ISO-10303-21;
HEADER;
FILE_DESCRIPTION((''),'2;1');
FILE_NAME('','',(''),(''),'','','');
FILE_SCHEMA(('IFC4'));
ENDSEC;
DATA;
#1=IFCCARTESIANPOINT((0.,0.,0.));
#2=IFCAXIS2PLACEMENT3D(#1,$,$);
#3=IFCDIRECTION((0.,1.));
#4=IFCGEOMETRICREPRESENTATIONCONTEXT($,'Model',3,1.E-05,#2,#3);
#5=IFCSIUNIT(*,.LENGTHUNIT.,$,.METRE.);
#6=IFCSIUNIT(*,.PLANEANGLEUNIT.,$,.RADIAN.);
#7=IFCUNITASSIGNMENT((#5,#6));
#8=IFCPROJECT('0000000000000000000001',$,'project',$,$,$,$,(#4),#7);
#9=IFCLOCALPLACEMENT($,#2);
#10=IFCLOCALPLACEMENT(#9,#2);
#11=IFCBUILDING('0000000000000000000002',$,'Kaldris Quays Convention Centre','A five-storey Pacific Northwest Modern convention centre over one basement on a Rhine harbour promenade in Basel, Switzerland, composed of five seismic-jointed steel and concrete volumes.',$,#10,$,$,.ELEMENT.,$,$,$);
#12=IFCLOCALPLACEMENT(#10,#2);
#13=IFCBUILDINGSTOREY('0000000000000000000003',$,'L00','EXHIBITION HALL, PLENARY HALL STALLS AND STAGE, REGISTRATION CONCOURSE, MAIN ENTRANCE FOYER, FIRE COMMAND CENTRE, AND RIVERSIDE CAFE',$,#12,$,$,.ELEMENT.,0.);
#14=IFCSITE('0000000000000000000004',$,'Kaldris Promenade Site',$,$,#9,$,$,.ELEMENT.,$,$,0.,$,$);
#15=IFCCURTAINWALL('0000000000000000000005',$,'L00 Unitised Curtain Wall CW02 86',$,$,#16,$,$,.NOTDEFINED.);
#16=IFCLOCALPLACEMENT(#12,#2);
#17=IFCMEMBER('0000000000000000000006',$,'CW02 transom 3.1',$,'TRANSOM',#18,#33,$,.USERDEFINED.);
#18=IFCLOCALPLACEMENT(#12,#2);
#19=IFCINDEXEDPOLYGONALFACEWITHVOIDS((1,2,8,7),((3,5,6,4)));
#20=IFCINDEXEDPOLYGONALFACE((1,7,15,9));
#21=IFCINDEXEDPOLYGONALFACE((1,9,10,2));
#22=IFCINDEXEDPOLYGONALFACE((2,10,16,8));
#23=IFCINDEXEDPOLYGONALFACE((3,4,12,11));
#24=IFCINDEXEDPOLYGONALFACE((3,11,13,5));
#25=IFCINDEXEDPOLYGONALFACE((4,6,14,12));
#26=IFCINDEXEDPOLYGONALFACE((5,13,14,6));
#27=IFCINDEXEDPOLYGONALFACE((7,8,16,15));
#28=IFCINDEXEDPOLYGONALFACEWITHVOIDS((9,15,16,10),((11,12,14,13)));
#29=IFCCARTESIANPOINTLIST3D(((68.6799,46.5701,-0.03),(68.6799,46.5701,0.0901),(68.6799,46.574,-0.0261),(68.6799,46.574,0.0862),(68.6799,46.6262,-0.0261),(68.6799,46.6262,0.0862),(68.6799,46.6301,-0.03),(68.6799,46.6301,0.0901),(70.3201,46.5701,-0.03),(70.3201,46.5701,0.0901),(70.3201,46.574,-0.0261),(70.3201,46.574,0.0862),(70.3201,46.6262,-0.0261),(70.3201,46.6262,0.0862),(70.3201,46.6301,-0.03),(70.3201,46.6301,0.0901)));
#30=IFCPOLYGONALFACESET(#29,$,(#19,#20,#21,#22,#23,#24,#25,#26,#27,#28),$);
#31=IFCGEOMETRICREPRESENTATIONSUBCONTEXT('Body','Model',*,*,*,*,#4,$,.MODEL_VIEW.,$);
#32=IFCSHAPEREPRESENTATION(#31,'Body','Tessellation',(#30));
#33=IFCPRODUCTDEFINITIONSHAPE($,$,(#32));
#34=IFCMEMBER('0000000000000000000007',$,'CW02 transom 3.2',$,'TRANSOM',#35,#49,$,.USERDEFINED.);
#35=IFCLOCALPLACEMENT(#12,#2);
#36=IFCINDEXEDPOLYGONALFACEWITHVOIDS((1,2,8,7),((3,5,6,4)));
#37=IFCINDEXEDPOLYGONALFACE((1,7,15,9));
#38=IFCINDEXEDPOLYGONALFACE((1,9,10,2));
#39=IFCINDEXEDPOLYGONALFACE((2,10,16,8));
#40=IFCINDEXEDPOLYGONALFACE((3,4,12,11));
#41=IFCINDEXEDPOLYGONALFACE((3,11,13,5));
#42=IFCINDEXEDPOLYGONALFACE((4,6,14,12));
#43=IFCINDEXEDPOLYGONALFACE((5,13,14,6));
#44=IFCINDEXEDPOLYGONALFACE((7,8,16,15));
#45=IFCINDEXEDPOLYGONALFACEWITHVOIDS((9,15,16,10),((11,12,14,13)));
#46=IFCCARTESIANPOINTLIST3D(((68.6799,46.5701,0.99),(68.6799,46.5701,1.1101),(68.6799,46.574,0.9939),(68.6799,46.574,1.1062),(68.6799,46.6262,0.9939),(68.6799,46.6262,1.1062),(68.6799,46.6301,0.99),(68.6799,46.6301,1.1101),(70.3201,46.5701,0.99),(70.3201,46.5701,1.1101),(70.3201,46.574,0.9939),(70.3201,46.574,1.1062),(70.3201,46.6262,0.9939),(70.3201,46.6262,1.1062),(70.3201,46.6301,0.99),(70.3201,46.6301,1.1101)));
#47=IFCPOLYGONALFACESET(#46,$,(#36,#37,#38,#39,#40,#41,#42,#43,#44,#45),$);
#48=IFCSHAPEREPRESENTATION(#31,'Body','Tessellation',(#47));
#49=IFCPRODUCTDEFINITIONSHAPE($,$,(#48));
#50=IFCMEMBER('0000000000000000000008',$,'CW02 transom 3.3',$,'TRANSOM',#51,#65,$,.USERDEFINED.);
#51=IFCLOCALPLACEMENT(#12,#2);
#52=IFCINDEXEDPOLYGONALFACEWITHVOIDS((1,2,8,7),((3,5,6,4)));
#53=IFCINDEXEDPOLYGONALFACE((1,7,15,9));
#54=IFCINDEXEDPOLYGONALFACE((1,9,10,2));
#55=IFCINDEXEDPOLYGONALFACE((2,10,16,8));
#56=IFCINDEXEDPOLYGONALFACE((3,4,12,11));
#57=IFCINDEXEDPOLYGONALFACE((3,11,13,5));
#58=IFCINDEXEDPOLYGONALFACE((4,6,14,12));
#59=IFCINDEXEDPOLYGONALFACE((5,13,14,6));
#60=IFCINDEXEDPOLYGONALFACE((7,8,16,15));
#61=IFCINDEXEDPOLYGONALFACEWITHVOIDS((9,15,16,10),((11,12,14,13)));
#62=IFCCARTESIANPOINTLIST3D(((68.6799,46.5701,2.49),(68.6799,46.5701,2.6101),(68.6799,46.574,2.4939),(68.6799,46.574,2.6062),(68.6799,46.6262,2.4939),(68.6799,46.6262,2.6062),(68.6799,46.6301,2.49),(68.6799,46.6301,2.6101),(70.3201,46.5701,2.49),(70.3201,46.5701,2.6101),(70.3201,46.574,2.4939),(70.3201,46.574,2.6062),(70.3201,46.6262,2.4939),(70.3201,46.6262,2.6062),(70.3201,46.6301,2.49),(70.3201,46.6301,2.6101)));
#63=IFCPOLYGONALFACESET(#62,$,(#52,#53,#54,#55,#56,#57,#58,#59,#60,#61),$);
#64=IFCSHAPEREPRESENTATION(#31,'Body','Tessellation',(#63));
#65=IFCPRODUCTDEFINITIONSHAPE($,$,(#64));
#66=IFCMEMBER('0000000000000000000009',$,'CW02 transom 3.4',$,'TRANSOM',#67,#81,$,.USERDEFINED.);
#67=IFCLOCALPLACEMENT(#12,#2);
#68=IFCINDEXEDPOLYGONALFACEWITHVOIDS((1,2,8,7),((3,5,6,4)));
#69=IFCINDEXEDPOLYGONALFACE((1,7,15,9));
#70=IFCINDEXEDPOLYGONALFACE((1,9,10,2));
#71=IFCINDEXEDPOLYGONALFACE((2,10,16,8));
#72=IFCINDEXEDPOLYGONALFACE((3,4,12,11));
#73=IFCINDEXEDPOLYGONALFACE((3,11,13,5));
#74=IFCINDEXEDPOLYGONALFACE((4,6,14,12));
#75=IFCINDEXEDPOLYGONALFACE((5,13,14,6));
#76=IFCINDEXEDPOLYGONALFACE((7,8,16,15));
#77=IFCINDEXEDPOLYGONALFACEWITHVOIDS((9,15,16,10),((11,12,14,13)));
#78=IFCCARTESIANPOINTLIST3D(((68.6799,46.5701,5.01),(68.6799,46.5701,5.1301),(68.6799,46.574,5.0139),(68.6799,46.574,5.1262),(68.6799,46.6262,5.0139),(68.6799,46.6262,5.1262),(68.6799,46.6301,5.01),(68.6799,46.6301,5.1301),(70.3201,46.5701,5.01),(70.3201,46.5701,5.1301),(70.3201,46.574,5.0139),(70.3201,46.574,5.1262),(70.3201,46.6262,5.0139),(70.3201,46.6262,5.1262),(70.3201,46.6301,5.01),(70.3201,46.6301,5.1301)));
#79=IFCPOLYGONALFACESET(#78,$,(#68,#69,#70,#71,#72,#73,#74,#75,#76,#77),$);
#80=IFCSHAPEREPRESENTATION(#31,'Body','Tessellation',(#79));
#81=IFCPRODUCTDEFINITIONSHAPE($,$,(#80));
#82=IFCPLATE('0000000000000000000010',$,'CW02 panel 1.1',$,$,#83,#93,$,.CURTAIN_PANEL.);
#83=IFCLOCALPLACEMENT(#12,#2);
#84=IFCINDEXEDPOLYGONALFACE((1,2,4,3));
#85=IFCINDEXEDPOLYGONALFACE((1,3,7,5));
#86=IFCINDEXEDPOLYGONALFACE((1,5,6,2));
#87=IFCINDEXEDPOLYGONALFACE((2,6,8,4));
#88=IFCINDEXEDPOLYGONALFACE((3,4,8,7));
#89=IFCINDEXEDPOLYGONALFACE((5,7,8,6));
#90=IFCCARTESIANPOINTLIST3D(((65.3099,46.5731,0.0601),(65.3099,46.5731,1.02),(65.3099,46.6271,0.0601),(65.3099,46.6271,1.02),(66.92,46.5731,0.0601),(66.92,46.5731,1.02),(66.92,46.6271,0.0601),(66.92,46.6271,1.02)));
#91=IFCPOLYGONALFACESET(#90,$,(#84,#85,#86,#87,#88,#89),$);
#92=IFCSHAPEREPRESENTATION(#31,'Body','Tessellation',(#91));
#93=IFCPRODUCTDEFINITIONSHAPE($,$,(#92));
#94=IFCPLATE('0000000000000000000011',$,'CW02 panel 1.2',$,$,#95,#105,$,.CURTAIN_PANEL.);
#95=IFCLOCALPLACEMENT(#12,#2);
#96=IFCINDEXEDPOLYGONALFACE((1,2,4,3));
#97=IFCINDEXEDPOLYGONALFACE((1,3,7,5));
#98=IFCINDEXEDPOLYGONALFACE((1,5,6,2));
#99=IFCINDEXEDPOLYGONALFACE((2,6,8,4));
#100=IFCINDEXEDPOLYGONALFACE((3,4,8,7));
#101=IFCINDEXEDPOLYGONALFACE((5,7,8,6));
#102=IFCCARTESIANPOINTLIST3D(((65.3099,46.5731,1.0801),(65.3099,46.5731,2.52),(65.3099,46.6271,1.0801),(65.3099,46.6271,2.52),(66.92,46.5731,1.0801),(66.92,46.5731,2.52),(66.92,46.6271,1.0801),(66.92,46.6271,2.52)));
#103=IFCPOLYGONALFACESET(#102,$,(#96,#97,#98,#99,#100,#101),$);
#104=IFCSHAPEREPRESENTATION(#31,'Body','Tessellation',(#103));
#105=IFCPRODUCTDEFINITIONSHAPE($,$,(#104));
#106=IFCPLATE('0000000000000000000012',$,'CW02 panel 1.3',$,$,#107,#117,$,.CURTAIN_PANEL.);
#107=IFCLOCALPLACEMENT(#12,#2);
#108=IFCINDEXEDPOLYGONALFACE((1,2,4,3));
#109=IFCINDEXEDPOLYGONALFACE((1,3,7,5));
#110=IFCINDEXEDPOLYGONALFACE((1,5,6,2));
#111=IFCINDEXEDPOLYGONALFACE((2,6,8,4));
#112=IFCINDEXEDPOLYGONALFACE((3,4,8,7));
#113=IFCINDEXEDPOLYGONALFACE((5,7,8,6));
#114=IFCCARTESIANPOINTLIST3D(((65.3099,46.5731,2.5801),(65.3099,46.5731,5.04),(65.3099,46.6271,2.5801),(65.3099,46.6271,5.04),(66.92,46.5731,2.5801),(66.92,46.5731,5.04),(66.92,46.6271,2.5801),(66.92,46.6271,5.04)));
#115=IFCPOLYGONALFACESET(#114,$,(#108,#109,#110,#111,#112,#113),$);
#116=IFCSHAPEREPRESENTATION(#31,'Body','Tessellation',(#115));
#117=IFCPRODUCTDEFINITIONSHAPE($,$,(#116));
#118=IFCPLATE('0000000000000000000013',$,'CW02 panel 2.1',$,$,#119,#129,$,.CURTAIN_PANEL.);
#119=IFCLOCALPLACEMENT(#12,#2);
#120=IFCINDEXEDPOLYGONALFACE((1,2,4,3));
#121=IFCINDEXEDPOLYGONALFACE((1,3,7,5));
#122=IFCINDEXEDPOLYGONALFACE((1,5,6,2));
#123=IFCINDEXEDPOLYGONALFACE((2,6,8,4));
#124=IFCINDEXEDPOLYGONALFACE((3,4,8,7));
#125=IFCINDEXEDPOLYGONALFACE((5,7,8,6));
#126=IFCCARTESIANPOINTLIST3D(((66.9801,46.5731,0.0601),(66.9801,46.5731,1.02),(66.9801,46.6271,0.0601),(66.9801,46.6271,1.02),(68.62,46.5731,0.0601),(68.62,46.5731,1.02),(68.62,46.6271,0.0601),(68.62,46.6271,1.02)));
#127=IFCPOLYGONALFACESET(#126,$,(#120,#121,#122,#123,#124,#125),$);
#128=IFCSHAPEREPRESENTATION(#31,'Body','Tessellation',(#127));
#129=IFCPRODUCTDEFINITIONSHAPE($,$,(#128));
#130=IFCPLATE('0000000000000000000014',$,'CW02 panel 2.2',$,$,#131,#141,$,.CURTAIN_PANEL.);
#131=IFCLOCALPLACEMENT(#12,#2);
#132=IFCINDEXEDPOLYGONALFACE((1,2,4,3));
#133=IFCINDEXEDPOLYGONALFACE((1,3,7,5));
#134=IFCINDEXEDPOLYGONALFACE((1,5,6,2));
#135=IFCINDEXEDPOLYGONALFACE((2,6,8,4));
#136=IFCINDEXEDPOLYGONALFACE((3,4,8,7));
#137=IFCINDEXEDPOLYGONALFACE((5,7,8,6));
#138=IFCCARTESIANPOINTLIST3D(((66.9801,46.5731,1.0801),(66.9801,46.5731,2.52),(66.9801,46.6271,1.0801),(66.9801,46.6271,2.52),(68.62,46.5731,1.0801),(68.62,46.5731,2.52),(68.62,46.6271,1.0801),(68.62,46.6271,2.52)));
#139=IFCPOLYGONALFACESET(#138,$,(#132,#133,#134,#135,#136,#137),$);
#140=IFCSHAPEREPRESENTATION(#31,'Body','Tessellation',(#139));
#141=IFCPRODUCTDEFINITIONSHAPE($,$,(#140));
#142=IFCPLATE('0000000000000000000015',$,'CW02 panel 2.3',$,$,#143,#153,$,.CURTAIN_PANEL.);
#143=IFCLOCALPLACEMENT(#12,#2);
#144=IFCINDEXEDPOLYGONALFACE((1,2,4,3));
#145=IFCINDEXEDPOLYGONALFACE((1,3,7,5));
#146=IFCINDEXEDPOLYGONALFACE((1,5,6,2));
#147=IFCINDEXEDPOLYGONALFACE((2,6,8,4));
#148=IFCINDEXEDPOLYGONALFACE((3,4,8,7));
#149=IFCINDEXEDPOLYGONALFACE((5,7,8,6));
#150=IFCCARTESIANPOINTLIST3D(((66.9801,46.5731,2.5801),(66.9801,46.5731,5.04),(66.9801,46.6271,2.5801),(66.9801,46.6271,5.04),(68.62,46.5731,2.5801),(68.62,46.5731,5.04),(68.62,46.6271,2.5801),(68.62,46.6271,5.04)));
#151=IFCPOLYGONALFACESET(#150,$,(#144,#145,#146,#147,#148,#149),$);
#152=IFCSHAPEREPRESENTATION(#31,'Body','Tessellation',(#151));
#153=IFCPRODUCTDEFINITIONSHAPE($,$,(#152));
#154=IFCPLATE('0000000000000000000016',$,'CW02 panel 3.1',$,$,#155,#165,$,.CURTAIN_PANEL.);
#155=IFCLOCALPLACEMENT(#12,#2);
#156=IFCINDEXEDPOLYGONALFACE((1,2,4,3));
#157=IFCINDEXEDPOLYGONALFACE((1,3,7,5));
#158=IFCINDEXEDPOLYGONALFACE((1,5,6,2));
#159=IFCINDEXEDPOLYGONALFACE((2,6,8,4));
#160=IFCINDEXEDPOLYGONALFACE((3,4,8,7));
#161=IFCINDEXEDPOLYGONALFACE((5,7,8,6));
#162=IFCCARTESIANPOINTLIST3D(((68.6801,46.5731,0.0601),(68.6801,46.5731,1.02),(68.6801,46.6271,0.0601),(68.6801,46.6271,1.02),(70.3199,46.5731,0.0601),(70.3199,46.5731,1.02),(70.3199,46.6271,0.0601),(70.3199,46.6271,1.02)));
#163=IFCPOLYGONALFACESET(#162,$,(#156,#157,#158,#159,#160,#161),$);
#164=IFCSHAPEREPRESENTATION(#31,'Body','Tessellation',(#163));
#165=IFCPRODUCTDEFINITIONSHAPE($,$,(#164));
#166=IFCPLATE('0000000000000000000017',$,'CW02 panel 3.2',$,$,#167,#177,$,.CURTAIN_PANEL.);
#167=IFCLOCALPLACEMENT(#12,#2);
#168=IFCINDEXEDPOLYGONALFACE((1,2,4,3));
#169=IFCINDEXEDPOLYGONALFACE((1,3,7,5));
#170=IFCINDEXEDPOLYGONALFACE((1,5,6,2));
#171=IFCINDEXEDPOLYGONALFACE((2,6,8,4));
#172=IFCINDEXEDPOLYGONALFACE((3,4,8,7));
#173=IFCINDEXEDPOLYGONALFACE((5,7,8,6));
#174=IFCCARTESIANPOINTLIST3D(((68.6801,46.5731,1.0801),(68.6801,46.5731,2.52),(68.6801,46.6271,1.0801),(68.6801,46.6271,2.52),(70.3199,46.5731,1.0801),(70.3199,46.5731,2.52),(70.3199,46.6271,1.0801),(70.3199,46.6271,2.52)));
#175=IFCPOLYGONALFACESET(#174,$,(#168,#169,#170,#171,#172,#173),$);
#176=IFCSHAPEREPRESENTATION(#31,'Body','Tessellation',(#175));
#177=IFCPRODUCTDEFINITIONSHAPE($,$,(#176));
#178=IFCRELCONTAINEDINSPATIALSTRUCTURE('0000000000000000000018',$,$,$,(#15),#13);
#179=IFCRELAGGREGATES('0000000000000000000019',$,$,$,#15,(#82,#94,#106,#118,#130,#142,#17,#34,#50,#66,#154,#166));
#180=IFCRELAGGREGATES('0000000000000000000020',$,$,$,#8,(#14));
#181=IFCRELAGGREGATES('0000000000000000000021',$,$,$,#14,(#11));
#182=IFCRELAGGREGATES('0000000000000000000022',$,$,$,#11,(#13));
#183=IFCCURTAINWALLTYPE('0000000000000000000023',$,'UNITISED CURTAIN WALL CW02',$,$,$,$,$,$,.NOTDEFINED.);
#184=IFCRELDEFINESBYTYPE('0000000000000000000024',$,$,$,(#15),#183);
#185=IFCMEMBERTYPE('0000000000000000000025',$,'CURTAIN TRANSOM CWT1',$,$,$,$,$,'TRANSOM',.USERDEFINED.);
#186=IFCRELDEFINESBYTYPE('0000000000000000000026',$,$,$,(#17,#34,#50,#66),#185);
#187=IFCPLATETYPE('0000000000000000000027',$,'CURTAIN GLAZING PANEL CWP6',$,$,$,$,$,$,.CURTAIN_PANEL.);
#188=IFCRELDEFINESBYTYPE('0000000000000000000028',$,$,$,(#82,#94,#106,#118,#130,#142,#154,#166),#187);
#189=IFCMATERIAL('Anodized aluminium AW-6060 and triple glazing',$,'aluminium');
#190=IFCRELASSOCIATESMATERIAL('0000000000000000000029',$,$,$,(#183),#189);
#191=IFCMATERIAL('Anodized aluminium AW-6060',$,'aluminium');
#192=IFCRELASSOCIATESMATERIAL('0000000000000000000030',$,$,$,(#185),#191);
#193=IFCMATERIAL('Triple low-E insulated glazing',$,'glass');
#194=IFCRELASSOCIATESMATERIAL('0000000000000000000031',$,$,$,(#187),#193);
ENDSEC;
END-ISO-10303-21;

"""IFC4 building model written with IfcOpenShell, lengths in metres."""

from ifc_helpers import new_model, si_unit, direction, frame, origin, origin_2d, place, context, subcontext, project, spatial, rectangle, hollow_rectangle, extrude, material, material_profile, profile_set, type_object, element, aggregate, save


model = new_model("IFC4")

# Units and contexts
model_context = context("Model", 3, precision=1e-05, world=origin(), true_north=direction((0.0, 1.0)))
body_context = subcontext(model_context, "Body", "Model", "MODEL_VIEW")
ifc_project = project(units=[si_unit("LENGTHUNIT", "METRE"), si_unit("PLANEANGLEUNIT", "RADIAN")], contexts=[model_context])

# Site, building, storey
site_placement = place(None, origin())
site = spatial("IfcSite", under=ifc_project, at=site_placement, Name="Kaldris Promenade Site", CompositionType="ELEMENT", RefElevation=0.0)
building_placement = place(site_placement, origin())
building = spatial("IfcBuilding", under=site, at=building_placement, Name="Kaldris Quays Convention Centre", Description="A five-storey Pacific Northwest Modern convention centre over one basement on a Rhine harbour promenade in Basel, Switzerland, composed of five seismic-jointed steel and concrete volumes.", CompositionType="ELEMENT")
storey_placement = place(building_placement, origin())
storey = spatial("IfcBuildingStorey", under=building, at=storey_placement, Name="L00", Description="EXHIBITION HALL, PLENARY HALL STALLS AND STAGE, REGISTRATION CONCOURSE, MAIN ENTRANCE FOYER, FIRE COMMAND CENTRE, AND RIVERSIDE CAFE", CompositionType="ELEMENT", Elevation=0.0)

# Curtain wall, members, plates
ifc_material_1 = material(Name="Anodized aluminium AW-6060 and triple glazing", Category="aluminium")
curtain_wall_type = type_object("IfcCurtainWallType", Name="UNITISED CURTAIN WALL CW02", PredefinedType="NOTDEFINED", material=ifc_material_1)
curtain_wall_placement = place(storey_placement, origin())
curtain_wall = element("IfcCurtainWall", 1, at=curtain_wall_placement, inside=storey, type_object=curtain_wall_type, Name="L00 Unitised Curtain Wall CW02 86", PredefinedType="NOTDEFINED")
ifc_material_2 = material(Name="Anodized aluminium AW-6060", Category="aluminium")
ifc_material_profile_1 = material_profile(ifc_material_2, hollow_rectangle(XDim=0.0601, YDim=0.1201, WallThickness=0.0039, at=origin_2d()), Name="RHS 120x60x4")
ifc_profile_set_1 = profile_set([ifc_material_profile_1], Name="Anodized aluminium AW-6060")
member_type_1 = type_object("IfcMemberType", Name="CURTAIN TRANSOM CWT1", ElementType="TRANSOM", PredefinedType="USERDEFINED", material=ifc_profile_set_1)
member_1_placement = place(storey_placement, frame((68.6799, 46.6001, 0.03), z_axis=(1.0, 0.0, 0.0), x_axis=(0.0, 1.0, 0.0)))
member_1 = element("IfcMember", 2, at=member_1_placement, type_object=member_type_1, Name="CW02 transom 3.1", ObjectType="TRANSOM", PredefinedType="USERDEFINED", context=body_context, shape_type="SweptSolid", body=[
    extrude(hollow_rectangle(XDim=0.0601, YDim=0.1201, WallThickness=0.0039, at=origin_2d()), origin(), (0.0, 0.0, 1.0), 1.6401),
])
member_2_placement = place(storey_placement, frame((68.6799, 46.6001, 1.05), z_axis=(1.0, 0.0, 0.0), x_axis=(0.0, 1.0, 0.0)))
member_2 = element("IfcMember", 3, at=member_2_placement, type_object=member_type_1, Name="CW02 transom 3.2", ObjectType="TRANSOM", PredefinedType="USERDEFINED", context=body_context, shape_type="SweptSolid", body=[
    extrude(hollow_rectangle(XDim=0.0601, YDim=0.1201, WallThickness=0.0039, at=origin_2d()), origin(), (0.0, 0.0, 1.0), 1.6401),
])
member_3_placement = place(storey_placement, frame((68.6799, 46.6001, 2.55), z_axis=(1.0, 0.0, 0.0), x_axis=(0.0, 1.0, 0.0)))
member_3 = element("IfcMember", 4, at=member_3_placement, type_object=member_type_1, Name="CW02 transom 3.3", ObjectType="TRANSOM", PredefinedType="USERDEFINED", context=body_context, shape_type="SweptSolid", body=[
    extrude(hollow_rectangle(XDim=0.0601, YDim=0.1201, WallThickness=0.0039, at=origin_2d()), origin(), (0.0, 0.0, 1.0), 1.6401),
])
member_4_placement = place(storey_placement, frame((68.6799, 46.6001, 5.0701), z_axis=(1.0, 0.0, 0.0), x_axis=(0.0, 1.0, 0.0)))
member_4 = element("IfcMember", 5, at=member_4_placement, type_object=member_type_1, Name="CW02 transom 3.4", ObjectType="TRANSOM", PredefinedType="USERDEFINED", context=body_context, shape_type="SweptSolid", body=[
    extrude(hollow_rectangle(XDim=0.0601, YDim=0.1201, WallThickness=0.0039, at=origin_2d()), origin(), (0.0, 0.0, 1.0), 1.6401),
])
ifc_material_3 = material(Name="Triple low-E insulated glazing", Category="glass")
plate_type = type_object("IfcPlateType", Name="CURTAIN GLAZING PANEL CWP6", PredefinedType="CURTAIN_PANEL", material=ifc_material_3)
plate_1_placement = place(storey_placement, frame((66.115, 46.6001, 0.0601), z_axis=(0.0, 0.0, 1.0), x_axis=(1.0, 0.0, 0.0)))
plate_1 = element("IfcPlate", 6, at=plate_1_placement, type_object=plate_type, Name="CW02 panel 1.1", PredefinedType="CURTAIN_PANEL", context=body_context, shape_type="SweptSolid", body=[
    extrude(rectangle(XDim=1.6101, YDim=0.054, at=origin_2d()), origin(), (0.0, 0.0, 1.0), 0.96),
])
plate_2_placement = place(storey_placement, frame((66.115, 46.6001, 1.0801), z_axis=(0.0, 0.0, 1.0), x_axis=(1.0, 0.0, 0.0)))
plate_2 = element("IfcPlate", 7, at=plate_2_placement, type_object=plate_type, Name="CW02 panel 1.2", PredefinedType="CURTAIN_PANEL", context=body_context, shape_type="SweptSolid", body=[
    extrude(rectangle(XDim=1.6101, YDim=0.054, at=origin_2d()), origin(), (0.0, 0.0, 1.0), 1.4399),
])
plate_3_placement = place(storey_placement, frame((66.115, 46.6001, 2.5801), z_axis=(0.0, 0.0, 1.0), x_axis=(1.0, 0.0, 0.0)))
plate_3 = element("IfcPlate", 8, at=plate_3_placement, type_object=plate_type, Name="CW02 panel 1.3", PredefinedType="CURTAIN_PANEL", context=body_context, shape_type="SweptSolid", body=[
    extrude(rectangle(XDim=1.6101, YDim=0.054, at=origin_2d()), origin(), (0.0, 0.0, 1.0), 2.46),
])
plate_4_placement = place(storey_placement, frame((67.8, 46.6001, 0.0601), z_axis=(0.0, 0.0, 1.0), x_axis=(1.0, 0.0, 0.0)))
plate_4 = element("IfcPlate", 9, at=plate_4_placement, type_object=plate_type, Name="CW02 panel 2.1", PredefinedType="CURTAIN_PANEL", context=body_context, shape_type="SweptSolid", body=[
    extrude(rectangle(XDim=1.6399, YDim=0.054, at=origin_2d()), origin(), (0.0, 0.0, 1.0), 0.96),
])
plate_5_placement = place(storey_placement, frame((67.8, 46.6001, 1.0801), z_axis=(0.0, 0.0, 1.0), x_axis=(1.0, 0.0, 0.0)))
plate_5 = element("IfcPlate", 10, at=plate_5_placement, type_object=plate_type, Name="CW02 panel 2.2", PredefinedType="CURTAIN_PANEL", context=body_context, shape_type="SweptSolid", body=[
    extrude(rectangle(XDim=1.6399, YDim=0.054, at=origin_2d()), origin(), (0.0, 0.0, 1.0), 1.4399),
])
plate_6_placement = place(storey_placement, frame((67.8, 46.6001, 2.5801), z_axis=(0.0, 0.0, 1.0), x_axis=(1.0, 0.0, 0.0)))
plate_6 = element("IfcPlate", 11, at=plate_6_placement, type_object=plate_type, Name="CW02 panel 2.3", PredefinedType="CURTAIN_PANEL", context=body_context, shape_type="SweptSolid", body=[
    extrude(rectangle(XDim=1.6399, YDim=0.054, at=origin_2d()), origin(), (0.0, 0.0, 1.0), 2.46),
])
plate_7_placement = place(storey_placement, frame((69.5, 46.6001, 0.0601), z_axis=(0.0, 0.0, 1.0), x_axis=(1.0, 0.0, 0.0)))
plate_7 = element("IfcPlate", 12, at=plate_7_placement, type_object=plate_type, Name="CW02 panel 3.1", PredefinedType="CURTAIN_PANEL", context=body_context, shape_type="SweptSolid", body=[
    extrude(rectangle(XDim=1.6399, YDim=0.054, at=origin_2d()), origin(), (0.0, 0.0, 1.0), 0.96),
])
plate_8_placement = place(storey_placement, frame((69.5, 46.6001, 1.0801), z_axis=(0.0, 0.0, 1.0), x_axis=(1.0, 0.0, 0.0)))
plate_8 = element("IfcPlate", 13, at=plate_8_placement, type_object=plate_type, Name="CW02 panel 3.2", PredefinedType="CURTAIN_PANEL", context=body_context, shape_type="SweptSolid", body=[
    extrude(rectangle(XDim=1.6399, YDim=0.054, at=origin_2d()), origin(), (0.0, 0.0, 1.0), 1.4399),
])
aggregate(curtain_wall, [plate_1, plate_2, plate_3, plate_4, plate_5, plate_6, member_1, member_2, member_3, member_4, plate_7, plate_8])

save(model, "model.ifc")
